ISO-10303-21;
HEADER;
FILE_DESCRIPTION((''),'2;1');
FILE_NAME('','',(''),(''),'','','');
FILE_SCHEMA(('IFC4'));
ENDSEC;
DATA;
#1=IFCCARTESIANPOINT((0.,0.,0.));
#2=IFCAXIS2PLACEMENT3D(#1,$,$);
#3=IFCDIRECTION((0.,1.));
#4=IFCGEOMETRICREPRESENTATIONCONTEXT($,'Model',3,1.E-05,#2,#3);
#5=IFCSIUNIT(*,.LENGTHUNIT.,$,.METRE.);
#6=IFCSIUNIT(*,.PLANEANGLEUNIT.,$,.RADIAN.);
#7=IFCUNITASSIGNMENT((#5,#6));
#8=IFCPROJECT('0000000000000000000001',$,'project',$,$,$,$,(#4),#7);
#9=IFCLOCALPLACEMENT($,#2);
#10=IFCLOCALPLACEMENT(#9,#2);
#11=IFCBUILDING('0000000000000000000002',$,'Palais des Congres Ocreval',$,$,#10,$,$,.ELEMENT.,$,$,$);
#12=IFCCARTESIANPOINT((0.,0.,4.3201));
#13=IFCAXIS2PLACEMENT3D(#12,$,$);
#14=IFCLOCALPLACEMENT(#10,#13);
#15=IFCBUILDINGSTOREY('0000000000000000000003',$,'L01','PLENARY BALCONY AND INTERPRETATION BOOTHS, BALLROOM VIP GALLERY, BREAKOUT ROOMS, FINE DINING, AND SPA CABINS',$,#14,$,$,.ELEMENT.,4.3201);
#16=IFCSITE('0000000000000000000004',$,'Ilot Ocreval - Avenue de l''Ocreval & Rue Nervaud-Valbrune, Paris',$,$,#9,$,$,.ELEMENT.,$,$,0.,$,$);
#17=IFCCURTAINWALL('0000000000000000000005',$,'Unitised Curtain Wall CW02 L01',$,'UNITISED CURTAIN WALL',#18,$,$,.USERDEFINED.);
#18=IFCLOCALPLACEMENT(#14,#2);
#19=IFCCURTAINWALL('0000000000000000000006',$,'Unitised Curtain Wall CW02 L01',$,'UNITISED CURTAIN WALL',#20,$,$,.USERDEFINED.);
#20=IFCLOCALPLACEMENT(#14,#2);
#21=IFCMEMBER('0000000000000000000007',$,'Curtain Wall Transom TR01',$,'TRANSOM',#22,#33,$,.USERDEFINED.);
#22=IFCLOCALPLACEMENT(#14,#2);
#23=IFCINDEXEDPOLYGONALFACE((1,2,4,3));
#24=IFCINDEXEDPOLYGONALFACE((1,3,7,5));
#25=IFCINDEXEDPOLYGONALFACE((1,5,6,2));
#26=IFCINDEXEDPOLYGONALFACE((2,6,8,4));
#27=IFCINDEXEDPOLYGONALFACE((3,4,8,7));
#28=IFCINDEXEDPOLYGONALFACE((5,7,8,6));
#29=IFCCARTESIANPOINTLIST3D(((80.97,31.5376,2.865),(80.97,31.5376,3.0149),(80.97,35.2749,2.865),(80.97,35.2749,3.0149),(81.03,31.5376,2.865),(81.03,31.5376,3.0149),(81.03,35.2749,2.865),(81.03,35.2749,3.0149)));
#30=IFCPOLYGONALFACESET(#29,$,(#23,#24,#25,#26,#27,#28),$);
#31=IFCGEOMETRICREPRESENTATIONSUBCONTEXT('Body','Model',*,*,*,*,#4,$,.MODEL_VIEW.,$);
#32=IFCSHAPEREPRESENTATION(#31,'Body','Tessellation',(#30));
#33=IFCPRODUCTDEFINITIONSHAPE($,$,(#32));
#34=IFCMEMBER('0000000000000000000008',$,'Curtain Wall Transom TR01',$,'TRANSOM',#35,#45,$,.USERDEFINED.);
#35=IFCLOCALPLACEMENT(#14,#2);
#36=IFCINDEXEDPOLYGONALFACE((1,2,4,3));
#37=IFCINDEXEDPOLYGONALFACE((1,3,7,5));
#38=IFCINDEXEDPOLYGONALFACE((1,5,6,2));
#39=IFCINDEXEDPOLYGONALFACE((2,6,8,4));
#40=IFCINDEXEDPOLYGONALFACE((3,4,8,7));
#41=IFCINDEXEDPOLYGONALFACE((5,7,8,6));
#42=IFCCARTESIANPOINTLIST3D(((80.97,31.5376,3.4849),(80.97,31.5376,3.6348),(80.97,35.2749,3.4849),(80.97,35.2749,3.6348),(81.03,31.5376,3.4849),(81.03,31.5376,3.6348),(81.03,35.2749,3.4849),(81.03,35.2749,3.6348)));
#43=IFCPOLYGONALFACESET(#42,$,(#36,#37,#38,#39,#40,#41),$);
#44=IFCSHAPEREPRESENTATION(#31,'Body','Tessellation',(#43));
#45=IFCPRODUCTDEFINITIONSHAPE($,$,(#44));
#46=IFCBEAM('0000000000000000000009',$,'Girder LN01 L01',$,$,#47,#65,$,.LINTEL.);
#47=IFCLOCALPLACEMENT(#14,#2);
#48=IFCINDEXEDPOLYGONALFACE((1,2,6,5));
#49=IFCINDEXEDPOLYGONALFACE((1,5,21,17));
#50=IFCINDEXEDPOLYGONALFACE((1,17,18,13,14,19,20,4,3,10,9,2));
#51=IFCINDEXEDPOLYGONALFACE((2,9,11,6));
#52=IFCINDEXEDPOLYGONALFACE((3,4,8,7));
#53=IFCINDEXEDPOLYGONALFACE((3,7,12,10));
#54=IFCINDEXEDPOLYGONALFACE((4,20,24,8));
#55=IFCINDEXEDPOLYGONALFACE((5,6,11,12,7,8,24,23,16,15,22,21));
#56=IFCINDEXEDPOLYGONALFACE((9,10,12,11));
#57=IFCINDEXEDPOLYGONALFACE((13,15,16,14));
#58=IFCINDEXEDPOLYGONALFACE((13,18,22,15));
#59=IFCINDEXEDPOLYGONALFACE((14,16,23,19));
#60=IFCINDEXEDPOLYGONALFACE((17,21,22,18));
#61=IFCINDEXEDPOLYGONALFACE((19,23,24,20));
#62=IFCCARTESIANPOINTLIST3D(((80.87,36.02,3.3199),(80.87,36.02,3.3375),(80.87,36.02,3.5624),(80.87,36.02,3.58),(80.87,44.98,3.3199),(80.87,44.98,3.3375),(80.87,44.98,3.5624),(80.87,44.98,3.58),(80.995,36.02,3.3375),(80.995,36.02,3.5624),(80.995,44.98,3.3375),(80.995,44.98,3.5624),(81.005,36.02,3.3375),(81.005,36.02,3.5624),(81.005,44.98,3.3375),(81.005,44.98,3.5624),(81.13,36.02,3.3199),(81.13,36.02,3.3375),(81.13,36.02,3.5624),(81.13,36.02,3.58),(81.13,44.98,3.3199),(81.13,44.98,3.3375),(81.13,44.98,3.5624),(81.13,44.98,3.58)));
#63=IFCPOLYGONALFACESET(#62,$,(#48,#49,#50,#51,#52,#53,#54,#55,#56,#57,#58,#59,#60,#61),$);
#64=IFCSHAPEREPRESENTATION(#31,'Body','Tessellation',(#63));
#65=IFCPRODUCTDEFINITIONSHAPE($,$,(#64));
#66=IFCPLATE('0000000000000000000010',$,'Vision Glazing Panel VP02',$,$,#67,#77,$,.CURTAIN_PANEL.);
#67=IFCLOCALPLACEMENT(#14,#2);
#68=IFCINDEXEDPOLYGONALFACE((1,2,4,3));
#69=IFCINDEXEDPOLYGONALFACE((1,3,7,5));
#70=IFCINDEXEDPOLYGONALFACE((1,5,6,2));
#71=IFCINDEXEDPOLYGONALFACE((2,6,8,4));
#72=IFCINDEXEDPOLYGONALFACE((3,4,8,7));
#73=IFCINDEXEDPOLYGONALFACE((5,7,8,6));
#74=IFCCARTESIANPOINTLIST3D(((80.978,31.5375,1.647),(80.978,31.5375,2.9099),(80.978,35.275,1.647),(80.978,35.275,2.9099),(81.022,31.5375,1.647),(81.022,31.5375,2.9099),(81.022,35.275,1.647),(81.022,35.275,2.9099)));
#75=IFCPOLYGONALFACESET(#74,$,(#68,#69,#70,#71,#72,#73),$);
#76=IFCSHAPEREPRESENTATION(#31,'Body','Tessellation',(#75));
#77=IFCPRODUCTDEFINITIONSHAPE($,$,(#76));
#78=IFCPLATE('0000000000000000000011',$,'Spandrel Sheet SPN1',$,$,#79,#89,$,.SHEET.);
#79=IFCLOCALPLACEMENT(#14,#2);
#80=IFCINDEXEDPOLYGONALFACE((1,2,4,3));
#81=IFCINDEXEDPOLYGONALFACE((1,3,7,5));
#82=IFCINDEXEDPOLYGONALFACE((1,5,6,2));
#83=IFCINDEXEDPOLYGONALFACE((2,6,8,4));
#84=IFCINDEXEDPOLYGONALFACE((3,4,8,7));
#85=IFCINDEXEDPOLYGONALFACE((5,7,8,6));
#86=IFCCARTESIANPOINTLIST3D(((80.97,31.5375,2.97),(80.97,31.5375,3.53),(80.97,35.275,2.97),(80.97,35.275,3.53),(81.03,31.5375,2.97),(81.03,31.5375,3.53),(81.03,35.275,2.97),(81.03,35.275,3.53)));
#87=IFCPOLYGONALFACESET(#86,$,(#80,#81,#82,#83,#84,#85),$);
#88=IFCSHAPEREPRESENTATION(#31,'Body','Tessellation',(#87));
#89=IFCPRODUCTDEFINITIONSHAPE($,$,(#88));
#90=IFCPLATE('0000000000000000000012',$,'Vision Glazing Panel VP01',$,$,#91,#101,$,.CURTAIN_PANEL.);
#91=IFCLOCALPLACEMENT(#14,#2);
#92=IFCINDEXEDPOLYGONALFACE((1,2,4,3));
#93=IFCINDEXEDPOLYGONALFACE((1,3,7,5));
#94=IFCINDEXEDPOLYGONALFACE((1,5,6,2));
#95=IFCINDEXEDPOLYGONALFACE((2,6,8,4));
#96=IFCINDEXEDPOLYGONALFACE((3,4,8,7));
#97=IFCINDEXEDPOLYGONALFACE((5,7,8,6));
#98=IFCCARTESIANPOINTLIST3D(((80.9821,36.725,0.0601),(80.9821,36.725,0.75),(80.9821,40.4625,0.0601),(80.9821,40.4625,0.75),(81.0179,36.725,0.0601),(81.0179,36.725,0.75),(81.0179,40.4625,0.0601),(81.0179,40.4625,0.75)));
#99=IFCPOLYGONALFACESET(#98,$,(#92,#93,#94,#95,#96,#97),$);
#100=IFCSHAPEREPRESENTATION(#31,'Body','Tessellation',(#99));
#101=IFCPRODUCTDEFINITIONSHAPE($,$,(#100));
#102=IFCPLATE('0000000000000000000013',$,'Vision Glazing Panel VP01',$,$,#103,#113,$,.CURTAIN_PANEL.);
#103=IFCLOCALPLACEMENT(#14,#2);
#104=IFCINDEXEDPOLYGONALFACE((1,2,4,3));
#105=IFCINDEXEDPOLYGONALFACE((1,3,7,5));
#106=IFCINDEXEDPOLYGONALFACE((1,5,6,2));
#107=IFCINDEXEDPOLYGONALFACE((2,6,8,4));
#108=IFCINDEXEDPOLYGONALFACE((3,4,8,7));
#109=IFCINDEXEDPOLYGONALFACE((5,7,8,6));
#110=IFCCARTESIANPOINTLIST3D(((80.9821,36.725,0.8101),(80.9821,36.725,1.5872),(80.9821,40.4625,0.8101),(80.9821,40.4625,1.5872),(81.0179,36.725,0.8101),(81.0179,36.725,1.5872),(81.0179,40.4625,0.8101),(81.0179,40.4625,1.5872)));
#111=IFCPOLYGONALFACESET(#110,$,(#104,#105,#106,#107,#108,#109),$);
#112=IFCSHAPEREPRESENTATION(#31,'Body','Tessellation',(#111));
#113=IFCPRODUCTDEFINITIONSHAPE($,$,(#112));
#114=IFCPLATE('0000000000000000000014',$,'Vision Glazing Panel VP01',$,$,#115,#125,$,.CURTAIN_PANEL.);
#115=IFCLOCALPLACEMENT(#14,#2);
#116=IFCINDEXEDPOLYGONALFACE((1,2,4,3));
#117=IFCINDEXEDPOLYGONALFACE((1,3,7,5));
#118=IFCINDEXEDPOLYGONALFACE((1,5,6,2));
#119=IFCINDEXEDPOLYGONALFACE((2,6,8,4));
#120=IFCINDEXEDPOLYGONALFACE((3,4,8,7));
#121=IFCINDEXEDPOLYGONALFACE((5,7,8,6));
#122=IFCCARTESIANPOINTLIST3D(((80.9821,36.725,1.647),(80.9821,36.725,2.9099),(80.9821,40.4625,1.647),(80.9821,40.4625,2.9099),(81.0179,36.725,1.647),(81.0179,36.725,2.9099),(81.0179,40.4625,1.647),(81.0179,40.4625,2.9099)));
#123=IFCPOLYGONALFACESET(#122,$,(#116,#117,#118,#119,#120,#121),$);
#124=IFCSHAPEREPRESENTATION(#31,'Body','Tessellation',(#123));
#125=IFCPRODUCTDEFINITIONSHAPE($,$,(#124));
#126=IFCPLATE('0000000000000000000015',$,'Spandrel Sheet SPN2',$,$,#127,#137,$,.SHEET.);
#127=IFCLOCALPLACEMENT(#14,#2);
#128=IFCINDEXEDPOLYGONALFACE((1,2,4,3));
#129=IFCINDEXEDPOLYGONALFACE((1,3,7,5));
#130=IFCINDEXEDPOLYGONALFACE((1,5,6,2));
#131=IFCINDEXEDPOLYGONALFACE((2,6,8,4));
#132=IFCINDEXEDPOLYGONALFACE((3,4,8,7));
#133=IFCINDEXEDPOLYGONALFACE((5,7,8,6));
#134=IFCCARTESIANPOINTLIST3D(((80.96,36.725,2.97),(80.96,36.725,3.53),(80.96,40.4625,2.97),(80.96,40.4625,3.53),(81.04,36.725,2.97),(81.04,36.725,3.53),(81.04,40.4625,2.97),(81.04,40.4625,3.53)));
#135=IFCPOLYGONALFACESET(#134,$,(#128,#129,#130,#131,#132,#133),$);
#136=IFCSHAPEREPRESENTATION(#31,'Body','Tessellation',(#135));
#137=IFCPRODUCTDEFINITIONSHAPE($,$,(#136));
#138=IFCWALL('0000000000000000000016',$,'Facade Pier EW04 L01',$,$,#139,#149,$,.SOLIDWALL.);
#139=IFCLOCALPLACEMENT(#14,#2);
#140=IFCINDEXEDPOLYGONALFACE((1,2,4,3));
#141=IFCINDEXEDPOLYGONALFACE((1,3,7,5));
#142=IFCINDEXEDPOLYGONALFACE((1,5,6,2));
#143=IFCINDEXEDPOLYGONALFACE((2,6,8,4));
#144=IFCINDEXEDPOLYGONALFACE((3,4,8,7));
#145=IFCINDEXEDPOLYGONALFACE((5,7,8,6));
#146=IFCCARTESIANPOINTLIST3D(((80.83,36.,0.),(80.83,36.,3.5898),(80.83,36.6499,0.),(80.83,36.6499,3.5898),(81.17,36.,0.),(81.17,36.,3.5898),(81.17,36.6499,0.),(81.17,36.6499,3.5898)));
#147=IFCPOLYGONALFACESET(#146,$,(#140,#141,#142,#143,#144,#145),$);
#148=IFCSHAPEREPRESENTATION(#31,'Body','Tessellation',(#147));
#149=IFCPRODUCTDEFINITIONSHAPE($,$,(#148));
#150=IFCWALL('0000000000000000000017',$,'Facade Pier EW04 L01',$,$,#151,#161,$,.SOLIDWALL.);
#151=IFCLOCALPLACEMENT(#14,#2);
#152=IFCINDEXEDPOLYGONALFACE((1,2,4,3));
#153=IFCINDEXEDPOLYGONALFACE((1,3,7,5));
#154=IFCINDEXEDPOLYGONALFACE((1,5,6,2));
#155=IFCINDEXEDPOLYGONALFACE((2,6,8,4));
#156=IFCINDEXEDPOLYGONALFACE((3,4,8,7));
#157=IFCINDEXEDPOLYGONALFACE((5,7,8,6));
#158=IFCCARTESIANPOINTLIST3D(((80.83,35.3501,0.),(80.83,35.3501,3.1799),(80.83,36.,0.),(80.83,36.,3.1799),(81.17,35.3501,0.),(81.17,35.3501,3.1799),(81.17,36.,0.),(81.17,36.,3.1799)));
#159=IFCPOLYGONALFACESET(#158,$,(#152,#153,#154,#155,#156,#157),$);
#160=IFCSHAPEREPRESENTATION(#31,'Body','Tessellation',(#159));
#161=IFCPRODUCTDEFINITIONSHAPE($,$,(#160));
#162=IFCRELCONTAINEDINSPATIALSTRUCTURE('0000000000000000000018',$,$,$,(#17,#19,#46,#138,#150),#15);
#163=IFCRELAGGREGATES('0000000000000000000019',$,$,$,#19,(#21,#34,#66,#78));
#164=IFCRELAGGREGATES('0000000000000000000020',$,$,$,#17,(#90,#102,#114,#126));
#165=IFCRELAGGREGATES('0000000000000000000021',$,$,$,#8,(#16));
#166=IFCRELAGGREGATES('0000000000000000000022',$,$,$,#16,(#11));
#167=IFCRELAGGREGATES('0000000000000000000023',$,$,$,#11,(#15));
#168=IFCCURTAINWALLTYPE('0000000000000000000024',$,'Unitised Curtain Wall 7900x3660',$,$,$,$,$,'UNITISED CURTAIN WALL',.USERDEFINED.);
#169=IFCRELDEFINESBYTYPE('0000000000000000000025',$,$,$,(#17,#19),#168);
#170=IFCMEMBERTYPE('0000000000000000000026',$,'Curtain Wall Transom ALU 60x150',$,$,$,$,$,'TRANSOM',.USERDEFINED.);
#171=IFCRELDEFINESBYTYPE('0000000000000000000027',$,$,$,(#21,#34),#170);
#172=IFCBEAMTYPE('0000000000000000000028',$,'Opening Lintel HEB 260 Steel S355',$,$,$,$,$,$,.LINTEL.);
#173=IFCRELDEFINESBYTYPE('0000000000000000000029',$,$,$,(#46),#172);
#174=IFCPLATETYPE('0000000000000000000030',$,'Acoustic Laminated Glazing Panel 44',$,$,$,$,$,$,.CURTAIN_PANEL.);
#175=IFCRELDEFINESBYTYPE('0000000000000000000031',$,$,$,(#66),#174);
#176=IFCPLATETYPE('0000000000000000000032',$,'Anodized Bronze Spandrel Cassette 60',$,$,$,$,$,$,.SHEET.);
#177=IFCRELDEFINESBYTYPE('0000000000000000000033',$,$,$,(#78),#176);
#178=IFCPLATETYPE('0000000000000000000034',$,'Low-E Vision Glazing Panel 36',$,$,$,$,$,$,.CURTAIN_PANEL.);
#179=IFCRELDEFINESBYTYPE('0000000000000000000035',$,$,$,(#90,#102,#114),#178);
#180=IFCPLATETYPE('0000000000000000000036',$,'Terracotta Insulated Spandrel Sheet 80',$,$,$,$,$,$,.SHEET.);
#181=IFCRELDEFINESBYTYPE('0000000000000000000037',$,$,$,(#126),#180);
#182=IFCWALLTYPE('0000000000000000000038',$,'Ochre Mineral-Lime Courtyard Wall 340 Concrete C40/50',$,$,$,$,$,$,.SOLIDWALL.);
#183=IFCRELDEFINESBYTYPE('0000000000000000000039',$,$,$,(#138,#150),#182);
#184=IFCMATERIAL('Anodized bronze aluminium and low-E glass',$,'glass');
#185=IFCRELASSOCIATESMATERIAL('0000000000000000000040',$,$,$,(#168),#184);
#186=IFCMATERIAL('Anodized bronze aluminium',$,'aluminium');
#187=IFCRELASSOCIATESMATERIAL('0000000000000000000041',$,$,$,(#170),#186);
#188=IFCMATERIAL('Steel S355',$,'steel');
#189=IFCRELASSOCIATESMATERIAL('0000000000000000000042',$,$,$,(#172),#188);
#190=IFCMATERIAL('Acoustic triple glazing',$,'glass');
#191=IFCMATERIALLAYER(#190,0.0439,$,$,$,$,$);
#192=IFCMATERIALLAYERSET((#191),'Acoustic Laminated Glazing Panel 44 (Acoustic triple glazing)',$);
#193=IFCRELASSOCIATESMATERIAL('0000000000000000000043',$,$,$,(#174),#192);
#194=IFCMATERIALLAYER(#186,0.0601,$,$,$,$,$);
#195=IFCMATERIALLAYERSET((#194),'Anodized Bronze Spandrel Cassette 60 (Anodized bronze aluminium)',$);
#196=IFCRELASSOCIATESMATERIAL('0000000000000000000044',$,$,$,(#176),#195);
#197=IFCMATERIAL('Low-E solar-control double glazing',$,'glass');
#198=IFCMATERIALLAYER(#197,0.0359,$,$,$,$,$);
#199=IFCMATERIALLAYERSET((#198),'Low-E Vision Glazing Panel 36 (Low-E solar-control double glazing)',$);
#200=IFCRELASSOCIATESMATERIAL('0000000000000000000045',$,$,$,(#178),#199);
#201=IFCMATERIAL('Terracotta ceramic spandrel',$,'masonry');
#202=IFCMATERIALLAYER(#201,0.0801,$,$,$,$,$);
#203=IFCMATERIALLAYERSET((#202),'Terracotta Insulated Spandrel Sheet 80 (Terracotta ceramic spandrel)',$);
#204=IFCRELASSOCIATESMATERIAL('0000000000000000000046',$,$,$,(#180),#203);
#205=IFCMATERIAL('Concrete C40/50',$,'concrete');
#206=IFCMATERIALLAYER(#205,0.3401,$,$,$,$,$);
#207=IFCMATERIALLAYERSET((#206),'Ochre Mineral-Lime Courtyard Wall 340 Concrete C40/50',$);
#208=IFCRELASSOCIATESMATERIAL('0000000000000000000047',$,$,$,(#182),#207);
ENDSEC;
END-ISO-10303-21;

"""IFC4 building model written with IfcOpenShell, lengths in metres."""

from ifc_helpers import new_model, si_unit, direction, frame, frame_2d, origin, origin_2d, place, context, subcontext, project, spatial, rectangle, i_section, extrude, material, layer, layer_set, material_profile, profile_set, type_object, element, aggregate, save


model = new_model("IFC4")

# Units and contexts
model_context = context("Model", 3, precision=1e-05, world=origin(), true_north=direction((0.0, 1.0)))
body_context = subcontext(model_context, "Body", "Model", "MODEL_VIEW")
ifc_project = project(units=[si_unit("LENGTHUNIT", "METRE"), si_unit("PLANEANGLEUNIT", "RADIAN")], contexts=[model_context])

# Site, building, storey
site_placement = place(None, origin())
site = spatial("IfcSite", under=ifc_project, at=site_placement, Name="Ilot Ocreval - Avenue de l'Ocreval & Rue Nervaud-Valbrune, Paris", CompositionType="ELEMENT", RefElevation=0.0)
building_placement = place(site_placement, origin())
building = spatial("IfcBuilding", under=site, at=building_placement, Name="Palais des Congres Ocreval", CompositionType="ELEMENT")
storey_placement = place(building_placement, frame((0.0, 0.0, 4.3201)))
storey = spatial("IfcBuildingStorey", under=building, at=storey_placement, Name="L01", Description="PLENARY BALCONY AND INTERPRETATION BOOTHS, BALLROOM VIP GALLERY, BREAKOUT ROOMS, FINE DINING, AND SPA CABINS", CompositionType="ELEMENT", Elevation=4.3201)

# Shared definitions
ifc_material_1 = material(Name="Steel S355", Category="steel")

# Curtain walls
ifc_material_2 = material(Name="Anodized bronze aluminium and low-E glass", Category="glass")
curtain_wall_type = type_object("IfcCurtainWallType", Name="Unitised Curtain Wall 7900x3660", ElementType="UNITISED CURTAIN WALL", PredefinedType="USERDEFINED", material=ifc_material_2)
curtain_wall_1_placement = place(storey_placement, origin())
curtain_wall_1 = element("IfcCurtainWall", 1, at=curtain_wall_1_placement, inside=storey, type_object=curtain_wall_type, Name="Unitised Curtain Wall CW02 L01", ObjectType="UNITISED CURTAIN WALL", PredefinedType="USERDEFINED")
ifc_material_3 = material(Name="Anodized bronze aluminium", Category="aluminium")
curtain_wall_2_placement = place(storey_placement, origin())
curtain_wall_2 = element("IfcCurtainWall", 2, at=curtain_wall_2_placement, inside=storey, type_object=curtain_wall_type, Name="Unitised Curtain Wall CW02 L01", ObjectType="UNITISED CURTAIN WALL", PredefinedType="USERDEFINED")

# Members
ifc_material_profile_1 = material_profile(ifc_material_3, rectangle(XDim=0.0601, YDim=0.1499, at=origin_2d()), Name="ALU 60x150")
ifc_profile_set_1 = profile_set([ifc_material_profile_1], Name="Anodized bronze aluminium")
member_type_1 = type_object("IfcMemberType", Name="Curtain Wall Transom ALU 60x150", ElementType="TRANSOM", PredefinedType="USERDEFINED", material=ifc_profile_set_1)
member_1_placement = place(storey_placement, frame((81.0, 35.2749, 2.9399), z_axis=(0.0, -1.0, 0.0), x_axis=(1.0, 0.0, 0.0)))
member_1 = element("IfcMember", 3, at=member_1_placement, type_object=member_type_1, Name="Curtain Wall Transom TR01", ObjectType="TRANSOM", PredefinedType="USERDEFINED", context=body_context, shape_type="SweptSolid", body=[
    extrude(rectangle(XDim=0.0601, YDim=0.1499, at=origin_2d()), origin(), (0.0, 0.0, 1.0), 3.7373),
])
member_2_placement = place(storey_placement, frame((81.0, 35.2749, 3.5598), z_axis=(0.0, -1.0, 0.0), x_axis=(1.0, 0.0, 0.0)))
member_2 = element("IfcMember", 4, at=member_2_placement, type_object=member_type_1, Name="Curtain Wall Transom TR01", ObjectType="TRANSOM", PredefinedType="USERDEFINED", context=body_context, shape_type="SweptSolid", body=[
    extrude(rectangle(XDim=0.0601, YDim=0.1499, at=origin_2d()), origin(), (0.0, 0.0, 1.0), 3.7373),
])

# Beam
ifc_material_profile_2 = material_profile(ifc_material_1, i_section(OverallWidth=0.26, OverallDepth=0.26, WebThickness=0.01, FlangeThickness=0.0176, at=origin_2d()), Name="HEB 260")
ifc_profile_set_2 = profile_set([ifc_material_profile_2], Name="Steel S355")
beam_type = type_object("IfcBeamType", Name="Opening Lintel HEB 260 Steel S355", PredefinedType="LINTEL", material=ifc_profile_set_2)
beam_placement = place(storey_placement, frame((81.0, 36.02, 3.45), z_axis=(0.0, 1.0, 0.0), x_axis=(-1.0, 0.0, 0.0)))
element("IfcBeam", 5, at=beam_placement, inside=storey, type_object=beam_type, Name="Girder LN01 L01", PredefinedType="LINTEL", context=body_context, shape_type="SweptSolid", body=[
    extrude(i_section(OverallWidth=0.26, OverallDepth=0.26, WebThickness=0.01, FlangeThickness=0.0176, at=origin_2d()), origin(), (0.0, 0.0, 1.0), 8.96),
])

# Plates
ifc_material_4 = material(Name="Acoustic triple glazing", Category="glass")
ifc_layer_1 = layer(ifc_material_4, 0.0439)
ifc_layer_set_1 = layer_set([ifc_layer_1], Name="Acoustic Laminated Glazing Panel 44 (Acoustic triple glazing)")
plate_type_1 = type_object("IfcPlateType", Name="Acoustic Laminated Glazing Panel 44", PredefinedType="CURTAIN_PANEL", material=ifc_layer_set_1)
plate_1_placement = place(storey_placement, frame((81.0, 33.4062, 1.647), z_axis=(0.0, 0.0, 1.0), x_axis=(0.0, -1.0, 0.0)))
plate_1 = element("IfcPlate", 6, at=plate_1_placement, type_object=plate_type_1, Name="Vision Glazing Panel VP02", PredefinedType="CURTAIN_PANEL", context=body_context, shape_type="SweptSolid", body=[
    extrude(rectangle(XDim=3.7375, YDim=0.0439, at=origin_2d()), origin(), (0.0, 0.0, 1.0), 1.2629),
])
ifc_layer_2 = layer(ifc_material_3, 0.0601)
ifc_layer_set_2 = layer_set([ifc_layer_2], Name="Anodized Bronze Spandrel Cassette 60 (Anodized bronze aluminium)")
plate_type_2 = type_object("IfcPlateType", Name="Anodized Bronze Spandrel Cassette 60", PredefinedType="SHEET", material=ifc_layer_set_2)
plate_2_placement = place(storey_placement, frame((81.0, 33.4062, 2.97), z_axis=(0.0, 0.0, 1.0), x_axis=(0.0, -1.0, 0.0)))
plate_2 = element("IfcPlate", 7, at=plate_2_placement, type_object=plate_type_2, Name="Spandrel Sheet SPN1", PredefinedType="SHEET", context=body_context, shape_type="SweptSolid", body=[
    extrude(rectangle(XDim=3.7375, YDim=0.0601, at=origin_2d()), origin(), (0.0, 0.0, 1.0), 0.5601),
])
aggregate(curtain_wall_2, [member_1, member_2, plate_1, plate_2])
ifc_material_5 = material(Name="Low-E solar-control double glazing", Category="glass")
ifc_layer_3 = layer(ifc_material_5, 0.0359)
ifc_layer_set_3 = layer_set([ifc_layer_3], Name="Low-E Vision Glazing Panel 36 (Low-E solar-control double glazing)")
plate_type_3 = type_object("IfcPlateType", Name="Low-E Vision Glazing Panel 36", PredefinedType="CURTAIN_PANEL", material=ifc_layer_set_3)
plate_3_placement = place(storey_placement, frame((81.0, 38.5938, 0.0601), z_axis=(0.0, 0.0, 1.0), x_axis=(0.0, -1.0, 0.0)))
plate_3 = element("IfcPlate", 8, at=plate_3_placement, type_object=plate_type_3, Name="Vision Glazing Panel VP01", PredefinedType="CURTAIN_PANEL", context=body_context, shape_type="SweptSolid", body=[
    extrude(rectangle(XDim=3.7375, YDim=0.0359, at=origin_2d()), origin(), (0.0, 0.0, 1.0), 0.6899),
])
plate_4_placement = place(storey_placement, frame((81.0, 38.5938, 0.8101), z_axis=(0.0, 0.0, 1.0), x_axis=(0.0, -1.0, 0.0)))
plate_4 = element("IfcPlate", 9, at=plate_4_placement, type_object=plate_type_3, Name="Vision Glazing Panel VP01", PredefinedType="CURTAIN_PANEL", context=body_context, shape_type="SweptSolid", body=[
    extrude(rectangle(XDim=3.7375, YDim=0.0359, at=origin_2d()), origin(), (0.0, 0.0, 1.0), 0.7771),
])
plate_5_placement = place(storey_placement, frame((81.0, 38.5938, 1.647), z_axis=(0.0, 0.0, 1.0), x_axis=(0.0, -1.0, 0.0)))
plate_5 = element("IfcPlate", 10, at=plate_5_placement, type_object=plate_type_3, Name="Vision Glazing Panel VP01", PredefinedType="CURTAIN_PANEL", context=body_context, shape_type="SweptSolid", body=[
    extrude(rectangle(XDim=3.7375, YDim=0.0359, at=origin_2d()), origin(), (0.0, 0.0, 1.0), 1.2629),
])
ifc_material_6 = material(Name="Terracotta ceramic spandrel", Category="masonry")
ifc_layer_4 = layer(ifc_material_6, 0.0801)
ifc_layer_set_4 = layer_set([ifc_layer_4], Name="Terracotta Insulated Spandrel Sheet 80 (Terracotta ceramic spandrel)")
plate_type_4 = type_object("IfcPlateType", Name="Terracotta Insulated Spandrel Sheet 80", PredefinedType="SHEET", material=ifc_layer_set_4)
plate_6_placement = place(storey_placement, frame((81.0, 38.5938, 2.97), z_axis=(0.0, 0.0, 1.0), x_axis=(0.0, -1.0, 0.0)))
plate_6 = element("IfcPlate", 11, at=plate_6_placement, type_object=plate_type_4, Name="Spandrel Sheet SPN2", PredefinedType="SHEET", context=body_context, shape_type="SweptSolid", body=[
    extrude(rectangle(XDim=3.7375, YDim=0.0801, at=origin_2d()), origin(), (0.0, 0.0, 1.0), 0.5601),
])
aggregate(curtain_wall_1, [plate_3, plate_4, plate_5, plate_6])

# Walls
ifc_material_7 = material(Name="Concrete C40/50", Category="concrete")
ifc_layer_5 = layer(ifc_material_7, 0.3401)
ifc_layer_set_5 = layer_set([ifc_layer_5], Name="Ochre Mineral-Lime Courtyard Wall 340 Concrete C40/50")
wall_type = type_object("IfcWallType", Name="Ochre Mineral-Lime Courtyard Wall 340 Concrete C40/50", PredefinedType="SOLIDWALL", material=ifc_layer_set_5)
wall_1_placement = place(storey_placement, frame((81.0, 36.6499, 0.0), z_axis=(0.0, 0.0, 1.0), x_axis=(0.0, -1.0, 0.0)))
element("IfcWall", 12, at=wall_1_placement, inside=storey, type_object=wall_type, Name="Facade Pier EW04 L01", PredefinedType="SOLIDWALL", context=body_context, shape_type="SweptSolid", body=[
    extrude(rectangle(XDim=0.6499, YDim=0.3401, at=frame_2d((0.325, 0.0))), origin(), (0.0, 0.0, 1.0), 3.5898),
])
wall_2_placement = place(storey_placement, frame((81.0, 36.0, 0.0), z_axis=(0.0, 0.0, 1.0), x_axis=(0.0, -1.0, 0.0)))
element("IfcWall", 13, at=wall_2_placement, inside=storey, type_object=wall_type, Name="Facade Pier EW04 L01", PredefinedType="SOLIDWALL", context=body_context, shape_type="SweptSolid", body=[
    extrude(rectangle(XDim=0.6499, YDim=0.3401, at=frame_2d((0.325, 0.0))), origin(), (0.0, 0.0, 1.0), 3.1799),
])

save(model, "model.ifc")
